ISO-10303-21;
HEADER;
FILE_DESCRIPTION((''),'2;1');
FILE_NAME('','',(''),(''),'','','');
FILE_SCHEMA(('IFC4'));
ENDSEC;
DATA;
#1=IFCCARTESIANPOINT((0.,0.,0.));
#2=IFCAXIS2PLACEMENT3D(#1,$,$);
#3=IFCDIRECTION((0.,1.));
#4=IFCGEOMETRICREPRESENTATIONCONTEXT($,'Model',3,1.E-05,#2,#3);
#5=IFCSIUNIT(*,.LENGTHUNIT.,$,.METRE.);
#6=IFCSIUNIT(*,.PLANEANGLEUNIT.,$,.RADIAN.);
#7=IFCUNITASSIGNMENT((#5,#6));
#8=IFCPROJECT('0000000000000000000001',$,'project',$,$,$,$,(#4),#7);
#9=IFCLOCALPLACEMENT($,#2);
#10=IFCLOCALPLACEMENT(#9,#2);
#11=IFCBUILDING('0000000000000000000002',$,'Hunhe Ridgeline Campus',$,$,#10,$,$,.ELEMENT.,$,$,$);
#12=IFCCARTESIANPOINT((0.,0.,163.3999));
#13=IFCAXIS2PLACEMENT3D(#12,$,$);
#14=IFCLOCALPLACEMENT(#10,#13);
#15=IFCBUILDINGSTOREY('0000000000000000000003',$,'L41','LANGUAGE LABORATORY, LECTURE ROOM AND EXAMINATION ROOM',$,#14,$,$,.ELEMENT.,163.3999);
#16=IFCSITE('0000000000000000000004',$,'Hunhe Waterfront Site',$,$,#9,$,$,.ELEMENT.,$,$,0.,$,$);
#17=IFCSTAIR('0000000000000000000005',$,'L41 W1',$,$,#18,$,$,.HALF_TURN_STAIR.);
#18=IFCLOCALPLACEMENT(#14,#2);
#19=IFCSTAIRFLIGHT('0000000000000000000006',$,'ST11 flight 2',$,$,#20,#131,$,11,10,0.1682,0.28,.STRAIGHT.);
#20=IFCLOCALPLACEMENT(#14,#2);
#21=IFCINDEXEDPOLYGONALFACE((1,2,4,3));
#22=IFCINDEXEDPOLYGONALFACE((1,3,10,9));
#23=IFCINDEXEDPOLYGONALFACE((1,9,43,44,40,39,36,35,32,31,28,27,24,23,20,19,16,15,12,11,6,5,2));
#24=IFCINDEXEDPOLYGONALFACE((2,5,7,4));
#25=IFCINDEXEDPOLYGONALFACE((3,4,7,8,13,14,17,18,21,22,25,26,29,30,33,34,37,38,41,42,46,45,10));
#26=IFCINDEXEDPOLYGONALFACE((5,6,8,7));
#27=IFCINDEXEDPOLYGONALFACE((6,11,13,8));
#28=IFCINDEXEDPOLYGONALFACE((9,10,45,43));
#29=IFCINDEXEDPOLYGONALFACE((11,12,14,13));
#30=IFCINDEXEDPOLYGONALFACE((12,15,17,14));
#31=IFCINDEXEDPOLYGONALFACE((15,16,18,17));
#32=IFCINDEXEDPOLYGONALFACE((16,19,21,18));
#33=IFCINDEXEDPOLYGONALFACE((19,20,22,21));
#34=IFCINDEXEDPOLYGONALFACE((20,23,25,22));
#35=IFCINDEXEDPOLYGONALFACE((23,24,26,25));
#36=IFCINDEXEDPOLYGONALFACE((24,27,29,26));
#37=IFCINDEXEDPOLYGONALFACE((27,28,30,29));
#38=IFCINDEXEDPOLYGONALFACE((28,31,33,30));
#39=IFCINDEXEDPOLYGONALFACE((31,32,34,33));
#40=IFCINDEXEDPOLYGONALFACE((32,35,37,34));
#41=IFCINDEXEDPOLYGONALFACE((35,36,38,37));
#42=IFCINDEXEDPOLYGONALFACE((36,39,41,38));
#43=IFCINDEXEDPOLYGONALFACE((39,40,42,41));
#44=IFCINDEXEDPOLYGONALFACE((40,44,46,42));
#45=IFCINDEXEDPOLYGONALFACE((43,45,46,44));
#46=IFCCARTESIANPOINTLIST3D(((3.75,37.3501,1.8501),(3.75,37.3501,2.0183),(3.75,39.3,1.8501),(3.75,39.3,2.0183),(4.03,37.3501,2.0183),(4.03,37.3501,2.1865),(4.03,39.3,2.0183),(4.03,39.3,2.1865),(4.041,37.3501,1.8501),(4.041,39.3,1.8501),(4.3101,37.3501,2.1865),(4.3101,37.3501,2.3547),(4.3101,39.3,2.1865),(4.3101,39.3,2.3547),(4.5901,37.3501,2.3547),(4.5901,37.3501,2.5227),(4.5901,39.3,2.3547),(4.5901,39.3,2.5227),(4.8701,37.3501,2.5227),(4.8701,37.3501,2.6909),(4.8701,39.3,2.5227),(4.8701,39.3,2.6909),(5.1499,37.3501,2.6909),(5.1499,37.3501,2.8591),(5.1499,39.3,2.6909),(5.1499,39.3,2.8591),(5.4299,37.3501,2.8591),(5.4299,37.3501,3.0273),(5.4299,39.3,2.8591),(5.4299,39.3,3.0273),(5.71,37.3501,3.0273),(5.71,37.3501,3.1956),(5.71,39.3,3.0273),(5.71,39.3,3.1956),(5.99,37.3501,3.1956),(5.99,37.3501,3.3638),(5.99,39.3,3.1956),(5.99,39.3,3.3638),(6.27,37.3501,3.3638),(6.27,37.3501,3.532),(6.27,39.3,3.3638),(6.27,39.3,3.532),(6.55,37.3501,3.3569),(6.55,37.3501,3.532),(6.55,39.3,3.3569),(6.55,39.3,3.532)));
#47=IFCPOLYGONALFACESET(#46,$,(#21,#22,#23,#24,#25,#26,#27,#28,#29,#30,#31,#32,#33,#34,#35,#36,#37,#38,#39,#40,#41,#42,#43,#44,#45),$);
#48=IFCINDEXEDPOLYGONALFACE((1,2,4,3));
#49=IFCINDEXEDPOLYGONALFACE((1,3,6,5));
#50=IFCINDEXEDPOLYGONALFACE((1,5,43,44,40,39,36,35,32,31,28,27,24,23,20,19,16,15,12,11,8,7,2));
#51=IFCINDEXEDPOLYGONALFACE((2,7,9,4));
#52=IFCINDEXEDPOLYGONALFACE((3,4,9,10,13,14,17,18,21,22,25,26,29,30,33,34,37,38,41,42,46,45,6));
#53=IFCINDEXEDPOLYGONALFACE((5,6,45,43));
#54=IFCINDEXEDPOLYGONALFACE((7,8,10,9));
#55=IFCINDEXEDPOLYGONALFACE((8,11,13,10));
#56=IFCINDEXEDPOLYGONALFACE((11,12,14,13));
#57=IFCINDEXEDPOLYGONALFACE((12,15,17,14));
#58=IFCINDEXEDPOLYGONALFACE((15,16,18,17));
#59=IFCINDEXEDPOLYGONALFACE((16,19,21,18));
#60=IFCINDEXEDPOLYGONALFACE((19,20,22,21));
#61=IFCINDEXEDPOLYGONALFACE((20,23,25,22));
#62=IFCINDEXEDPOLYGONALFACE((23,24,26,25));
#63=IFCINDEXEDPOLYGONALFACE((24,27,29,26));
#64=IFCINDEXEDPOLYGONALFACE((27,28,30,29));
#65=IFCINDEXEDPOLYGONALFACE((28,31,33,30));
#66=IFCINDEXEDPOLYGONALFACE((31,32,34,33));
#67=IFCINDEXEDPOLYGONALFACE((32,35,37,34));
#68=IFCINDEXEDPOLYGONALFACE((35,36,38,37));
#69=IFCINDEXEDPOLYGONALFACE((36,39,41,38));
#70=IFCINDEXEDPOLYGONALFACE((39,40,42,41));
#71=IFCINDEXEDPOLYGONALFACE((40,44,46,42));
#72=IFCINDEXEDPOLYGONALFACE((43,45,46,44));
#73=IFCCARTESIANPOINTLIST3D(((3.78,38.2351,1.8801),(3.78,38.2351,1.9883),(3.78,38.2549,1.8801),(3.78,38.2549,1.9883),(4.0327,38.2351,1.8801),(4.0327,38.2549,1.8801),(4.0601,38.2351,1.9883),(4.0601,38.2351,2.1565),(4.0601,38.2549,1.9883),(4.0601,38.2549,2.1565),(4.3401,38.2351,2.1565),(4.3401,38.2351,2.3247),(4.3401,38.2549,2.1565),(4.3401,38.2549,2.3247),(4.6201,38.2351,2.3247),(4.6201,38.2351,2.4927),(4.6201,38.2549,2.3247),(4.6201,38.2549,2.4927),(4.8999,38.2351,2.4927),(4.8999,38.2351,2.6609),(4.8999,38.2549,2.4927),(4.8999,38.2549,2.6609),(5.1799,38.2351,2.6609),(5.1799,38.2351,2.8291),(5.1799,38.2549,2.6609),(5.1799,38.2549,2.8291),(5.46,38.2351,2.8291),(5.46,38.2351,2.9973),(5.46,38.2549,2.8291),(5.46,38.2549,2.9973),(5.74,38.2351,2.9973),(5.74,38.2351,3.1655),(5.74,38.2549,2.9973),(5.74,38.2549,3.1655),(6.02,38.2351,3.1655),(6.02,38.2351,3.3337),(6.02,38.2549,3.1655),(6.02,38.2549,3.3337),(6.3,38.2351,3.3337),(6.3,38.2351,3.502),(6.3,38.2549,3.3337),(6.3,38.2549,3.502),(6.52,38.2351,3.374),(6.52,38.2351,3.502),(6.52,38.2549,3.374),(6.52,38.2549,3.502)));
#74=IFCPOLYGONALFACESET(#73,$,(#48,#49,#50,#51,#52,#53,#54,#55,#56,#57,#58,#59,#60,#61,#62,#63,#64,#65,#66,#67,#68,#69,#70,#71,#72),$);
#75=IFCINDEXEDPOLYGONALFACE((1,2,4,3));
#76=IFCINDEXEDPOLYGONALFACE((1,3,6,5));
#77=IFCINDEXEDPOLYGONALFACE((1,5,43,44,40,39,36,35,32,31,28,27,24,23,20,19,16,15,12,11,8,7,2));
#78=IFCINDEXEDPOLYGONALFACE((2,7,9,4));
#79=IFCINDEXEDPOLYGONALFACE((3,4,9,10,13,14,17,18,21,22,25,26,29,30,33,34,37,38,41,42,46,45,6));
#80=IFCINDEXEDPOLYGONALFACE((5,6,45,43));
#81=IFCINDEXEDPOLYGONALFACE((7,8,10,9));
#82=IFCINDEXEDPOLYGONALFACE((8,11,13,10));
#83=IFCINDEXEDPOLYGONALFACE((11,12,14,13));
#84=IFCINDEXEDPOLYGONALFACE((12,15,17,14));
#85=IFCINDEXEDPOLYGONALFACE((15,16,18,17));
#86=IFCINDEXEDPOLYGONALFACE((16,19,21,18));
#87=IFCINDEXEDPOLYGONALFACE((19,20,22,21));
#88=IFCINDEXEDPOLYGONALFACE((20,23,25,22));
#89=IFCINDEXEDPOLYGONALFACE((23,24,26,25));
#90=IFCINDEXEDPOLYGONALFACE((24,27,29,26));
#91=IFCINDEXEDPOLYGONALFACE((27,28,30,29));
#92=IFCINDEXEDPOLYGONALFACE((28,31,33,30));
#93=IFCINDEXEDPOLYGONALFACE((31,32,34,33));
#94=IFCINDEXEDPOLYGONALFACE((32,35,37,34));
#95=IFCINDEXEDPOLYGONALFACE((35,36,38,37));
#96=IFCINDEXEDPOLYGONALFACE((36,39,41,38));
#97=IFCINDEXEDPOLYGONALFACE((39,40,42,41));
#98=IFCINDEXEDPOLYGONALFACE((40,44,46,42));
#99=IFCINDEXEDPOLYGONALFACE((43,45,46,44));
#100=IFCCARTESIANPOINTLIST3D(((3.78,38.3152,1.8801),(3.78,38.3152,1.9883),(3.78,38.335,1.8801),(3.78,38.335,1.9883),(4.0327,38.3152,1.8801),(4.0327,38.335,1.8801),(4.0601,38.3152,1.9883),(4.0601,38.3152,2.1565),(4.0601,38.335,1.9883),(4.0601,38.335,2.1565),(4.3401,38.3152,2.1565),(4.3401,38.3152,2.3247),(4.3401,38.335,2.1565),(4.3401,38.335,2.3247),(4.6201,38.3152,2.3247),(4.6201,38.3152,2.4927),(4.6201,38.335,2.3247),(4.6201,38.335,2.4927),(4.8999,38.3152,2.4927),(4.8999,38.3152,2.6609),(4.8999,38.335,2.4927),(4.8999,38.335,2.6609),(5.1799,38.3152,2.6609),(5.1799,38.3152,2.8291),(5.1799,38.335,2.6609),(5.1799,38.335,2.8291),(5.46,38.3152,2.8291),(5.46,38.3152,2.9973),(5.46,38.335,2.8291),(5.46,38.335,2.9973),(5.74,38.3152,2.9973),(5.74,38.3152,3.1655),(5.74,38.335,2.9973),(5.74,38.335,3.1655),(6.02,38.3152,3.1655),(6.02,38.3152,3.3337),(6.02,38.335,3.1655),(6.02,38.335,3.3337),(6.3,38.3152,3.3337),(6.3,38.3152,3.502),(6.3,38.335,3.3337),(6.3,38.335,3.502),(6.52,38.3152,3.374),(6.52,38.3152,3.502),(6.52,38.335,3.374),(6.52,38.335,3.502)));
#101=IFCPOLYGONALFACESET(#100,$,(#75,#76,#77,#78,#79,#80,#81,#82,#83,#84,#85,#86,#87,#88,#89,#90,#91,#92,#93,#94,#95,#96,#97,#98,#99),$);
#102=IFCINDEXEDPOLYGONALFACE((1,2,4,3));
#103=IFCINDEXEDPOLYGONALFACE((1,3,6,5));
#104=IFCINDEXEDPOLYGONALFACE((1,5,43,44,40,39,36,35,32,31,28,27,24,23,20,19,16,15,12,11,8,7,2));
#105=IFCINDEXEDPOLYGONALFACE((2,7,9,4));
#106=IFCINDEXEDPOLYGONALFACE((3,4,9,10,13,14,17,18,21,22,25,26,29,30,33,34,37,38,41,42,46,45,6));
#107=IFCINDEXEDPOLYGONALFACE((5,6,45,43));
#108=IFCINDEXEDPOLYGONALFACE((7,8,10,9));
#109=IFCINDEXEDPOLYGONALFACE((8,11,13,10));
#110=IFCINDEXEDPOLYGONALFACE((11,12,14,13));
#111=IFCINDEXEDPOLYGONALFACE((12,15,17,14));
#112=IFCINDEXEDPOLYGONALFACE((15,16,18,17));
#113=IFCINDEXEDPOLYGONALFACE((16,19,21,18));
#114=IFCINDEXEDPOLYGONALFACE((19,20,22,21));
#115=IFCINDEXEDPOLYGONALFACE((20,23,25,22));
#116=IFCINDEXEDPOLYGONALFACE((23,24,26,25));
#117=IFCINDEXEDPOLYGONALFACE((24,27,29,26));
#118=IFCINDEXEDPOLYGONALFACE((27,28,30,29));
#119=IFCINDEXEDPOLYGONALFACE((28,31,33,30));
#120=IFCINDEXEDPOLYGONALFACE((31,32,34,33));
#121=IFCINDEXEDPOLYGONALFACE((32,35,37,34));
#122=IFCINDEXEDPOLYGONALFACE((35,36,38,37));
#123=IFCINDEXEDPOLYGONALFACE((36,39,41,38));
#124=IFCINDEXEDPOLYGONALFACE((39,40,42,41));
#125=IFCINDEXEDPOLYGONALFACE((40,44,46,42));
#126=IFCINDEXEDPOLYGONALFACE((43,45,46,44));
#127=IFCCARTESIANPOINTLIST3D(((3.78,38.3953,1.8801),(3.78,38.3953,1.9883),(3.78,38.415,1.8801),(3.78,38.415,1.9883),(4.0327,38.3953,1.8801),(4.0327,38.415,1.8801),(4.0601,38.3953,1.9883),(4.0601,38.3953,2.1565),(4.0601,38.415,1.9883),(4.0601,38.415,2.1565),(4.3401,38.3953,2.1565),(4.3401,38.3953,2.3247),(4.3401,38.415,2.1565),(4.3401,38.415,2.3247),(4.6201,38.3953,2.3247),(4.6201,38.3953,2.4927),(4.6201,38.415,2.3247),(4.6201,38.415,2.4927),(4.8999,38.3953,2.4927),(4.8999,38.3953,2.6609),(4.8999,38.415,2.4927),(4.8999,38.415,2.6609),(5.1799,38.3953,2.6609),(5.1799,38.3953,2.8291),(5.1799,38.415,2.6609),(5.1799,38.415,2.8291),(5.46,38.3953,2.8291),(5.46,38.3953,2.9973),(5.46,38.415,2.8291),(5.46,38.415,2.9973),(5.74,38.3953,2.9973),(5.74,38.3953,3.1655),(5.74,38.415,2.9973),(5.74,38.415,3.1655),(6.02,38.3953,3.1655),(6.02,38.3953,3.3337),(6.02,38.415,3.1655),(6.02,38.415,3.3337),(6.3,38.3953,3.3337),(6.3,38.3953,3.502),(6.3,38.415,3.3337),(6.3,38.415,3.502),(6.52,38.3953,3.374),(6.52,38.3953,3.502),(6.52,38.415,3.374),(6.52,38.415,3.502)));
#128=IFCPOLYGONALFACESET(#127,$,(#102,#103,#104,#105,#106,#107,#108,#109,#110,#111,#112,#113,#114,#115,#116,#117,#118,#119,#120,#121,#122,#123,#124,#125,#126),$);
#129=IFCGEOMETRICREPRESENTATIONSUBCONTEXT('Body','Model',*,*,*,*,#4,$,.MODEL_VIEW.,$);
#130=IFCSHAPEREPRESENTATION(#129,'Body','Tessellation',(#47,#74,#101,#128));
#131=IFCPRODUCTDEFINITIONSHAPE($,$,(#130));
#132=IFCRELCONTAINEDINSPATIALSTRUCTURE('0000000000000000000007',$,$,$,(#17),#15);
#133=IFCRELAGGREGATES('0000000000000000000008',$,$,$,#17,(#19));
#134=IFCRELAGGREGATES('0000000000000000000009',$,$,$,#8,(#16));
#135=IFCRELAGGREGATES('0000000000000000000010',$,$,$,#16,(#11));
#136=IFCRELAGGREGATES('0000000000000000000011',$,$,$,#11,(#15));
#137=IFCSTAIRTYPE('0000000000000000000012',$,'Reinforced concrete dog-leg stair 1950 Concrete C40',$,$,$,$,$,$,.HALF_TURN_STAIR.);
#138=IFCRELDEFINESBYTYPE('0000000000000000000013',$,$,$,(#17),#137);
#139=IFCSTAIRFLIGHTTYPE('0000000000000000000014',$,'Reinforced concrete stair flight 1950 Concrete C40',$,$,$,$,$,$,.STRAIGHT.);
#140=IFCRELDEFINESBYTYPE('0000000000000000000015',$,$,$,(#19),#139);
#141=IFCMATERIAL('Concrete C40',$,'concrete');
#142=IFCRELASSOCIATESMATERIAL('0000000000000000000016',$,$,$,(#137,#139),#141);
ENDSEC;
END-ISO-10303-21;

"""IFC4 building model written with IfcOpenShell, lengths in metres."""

from ifc_helpers import new_model, si_unit, direction, frame, origin, place, context, subcontext, project, spatial, polyline, outline, extrude, material, type_object, element, aggregate, save


model = new_model("IFC4")

# Units and contexts
model_context = context("Model", 3, precision=1e-05, world=origin(), true_north=direction((0.0, 1.0)))
body_context = subcontext(model_context, "Body", "Model", "MODEL_VIEW")
ifc_project = project(units=[si_unit("LENGTHUNIT", "METRE"), si_unit("PLANEANGLEUNIT", "RADIAN")], contexts=[model_context])

# Site, building, storey
site_placement = place(None, origin())
site = spatial("IfcSite", under=ifc_project, at=site_placement, Name="Hunhe Waterfront Site", CompositionType="ELEMENT", RefElevation=0.0)
building_placement = place(site_placement, origin())
building = spatial("IfcBuilding", under=site, at=building_placement, Name="Hunhe Ridgeline Campus", CompositionType="ELEMENT")
storey_placement = place(building_placement, frame((0.0, 0.0, 163.3999)))
storey = spatial("IfcBuildingStorey", under=building, at=storey_placement, Name="L41", Description="LANGUAGE LABORATORY, LECTURE ROOM AND EXAMINATION ROOM", CompositionType="ELEMENT", Elevation=163.3999)

# Stair, stair flight
ifc_material_1 = material(Name="Concrete C40", Category="concrete")
stair_type = type_object("IfcStairType", Name="Reinforced concrete dog-leg stair 1950 Concrete C40", PredefinedType="HALF_TURN_STAIR", material=ifc_material_1)
stair_placement = place(storey_placement, origin())
stair = element("IfcStair", 1, at=stair_placement, inside=storey, type_object=stair_type, Name="L41 W1", PredefinedType="HALF_TURN_STAIR")
stair_flight_type = type_object("IfcStairFlightType", Name="Reinforced concrete stair flight 1950 Concrete C40", PredefinedType="STRAIGHT", material=ifc_material_1)
stair_flight_1_placement = place(storey_placement, frame((3.75, 38.325, 1.8501), z_axis=(0.0, 0.0, 1.0), x_axis=(1.0, 0.0, 0.0)))
stair_flight_1 = element("IfcStairFlight", 2, at=stair_flight_1_placement, type_object=stair_flight_type, Name="ST11 flight 2", NumberOfRisers=11, NumberOfTreads=10, PredefinedType="STRAIGHT", RiserHeight=0.1682, TreadLength=0.28, context=body_context, shape_type="SweptSolid", body=[
    extrude(outline(polyline([(0.0, 0.0), (0.0, 0.1682), (0.28, 0.1682), (0.28, 0.3364), (0.5601, 0.3364), (0.5601, 0.5046), (0.8401, 0.5046), (0.8401, 0.6726), (1.1201, 0.6726), (1.1201, 0.8408), (1.3999, 0.8408), (1.3999, 1.009), (1.6799, 1.009), (1.6799, 1.1772), (1.96, 1.1772), (1.96, 1.3455), (2.24, 1.3455), (2.24, 1.5137), (2.52, 1.5137), (2.52, 1.6819), (2.8, 1.6819), (2.8, 1.8501), (2.8, 1.5068), (0.291, 0.0), (0.0, 0.0)])), frame((0.0, 0.9751, 0.0), z_axis=(0.0, -1.0, 0.0), x_axis=(1.0, 0.0, 0.0)), (0.0, 0.0, 1.0), 1.95),
    extrude(outline(polyline([(0.03, 0.03), (0.03, 0.1382), (0.3101, 0.1382), (0.3101, 0.3064), (0.5901, 0.3064), (0.5901, 0.4746), (0.8701, 0.4746), (0.8701, 0.6426), (1.1499, 0.6426), (1.1499, 0.8108), (1.4299, 0.8108), (1.4299, 0.979), (1.71, 0.979), (1.71, 1.1472), (1.99, 1.1472), (1.99, 1.3154), (2.27, 1.3154), (2.27, 1.4836), (2.55, 1.4836), (2.55, 1.6519), (2.77, 1.6519), (2.77, 1.5239), (0.2827, 0.03), (0.03, 0.03)])), frame((0.0, -0.0701, 0.0), z_axis=(0.0, -1.0, 0.0), x_axis=(1.0, 0.0, 0.0)), (0.0, 0.0, 1.0), 0.0198),
    extrude(outline(polyline([(0.03, 0.03), (0.03, 0.1382), (0.3101, 0.1382), (0.3101, 0.3064), (0.5901, 0.3064), (0.5901, 0.4746), (0.8701, 0.4746), (0.8701, 0.6426), (1.1499, 0.6426), (1.1499, 0.8108), (1.4299, 0.8108), (1.4299, 0.979), (1.71, 0.979), (1.71, 1.1472), (1.99, 1.1472), (1.99, 1.3154), (2.27, 1.3154), (2.27, 1.4836), (2.55, 1.4836), (2.55, 1.6519), (2.77, 1.6519), (2.77, 1.5239), (0.2827, 0.03), (0.03, 0.03)])), frame((0.0, 0.01, 0.0), z_axis=(0.0, -1.0, 0.0), x_axis=(1.0, 0.0, 0.0)), (0.0, 0.0, 1.0), 0.0198),
    extrude(outline(polyline([(0.03, 0.03), (0.03, 0.1382), (0.3101, 0.1382), (0.3101, 0.3064), (0.5901, 0.3064), (0.5901, 0.4746), (0.8701, 0.4746), (0.8701, 0.6426), (1.1499, 0.6426), (1.1499, 0.8108), (1.4299, 0.8108), (1.4299, 0.979), (1.71, 0.979), (1.71, 1.1472), (1.99, 1.1472), (1.99, 1.3154), (2.27, 1.3154), (2.27, 1.4836), (2.55, 1.4836), (2.55, 1.6519), (2.77, 1.6519), (2.77, 1.5239), (0.2827, 0.03), (0.03, 0.03)])), frame((0.0, 0.0901, 0.0), z_axis=(0.0, -1.0, 0.0), x_axis=(1.0, 0.0, 0.0)), (0.0, 0.0, 1.0), 0.0198),
])
aggregate(stair, [stair_flight_1])

save(model, "model.ifc")
